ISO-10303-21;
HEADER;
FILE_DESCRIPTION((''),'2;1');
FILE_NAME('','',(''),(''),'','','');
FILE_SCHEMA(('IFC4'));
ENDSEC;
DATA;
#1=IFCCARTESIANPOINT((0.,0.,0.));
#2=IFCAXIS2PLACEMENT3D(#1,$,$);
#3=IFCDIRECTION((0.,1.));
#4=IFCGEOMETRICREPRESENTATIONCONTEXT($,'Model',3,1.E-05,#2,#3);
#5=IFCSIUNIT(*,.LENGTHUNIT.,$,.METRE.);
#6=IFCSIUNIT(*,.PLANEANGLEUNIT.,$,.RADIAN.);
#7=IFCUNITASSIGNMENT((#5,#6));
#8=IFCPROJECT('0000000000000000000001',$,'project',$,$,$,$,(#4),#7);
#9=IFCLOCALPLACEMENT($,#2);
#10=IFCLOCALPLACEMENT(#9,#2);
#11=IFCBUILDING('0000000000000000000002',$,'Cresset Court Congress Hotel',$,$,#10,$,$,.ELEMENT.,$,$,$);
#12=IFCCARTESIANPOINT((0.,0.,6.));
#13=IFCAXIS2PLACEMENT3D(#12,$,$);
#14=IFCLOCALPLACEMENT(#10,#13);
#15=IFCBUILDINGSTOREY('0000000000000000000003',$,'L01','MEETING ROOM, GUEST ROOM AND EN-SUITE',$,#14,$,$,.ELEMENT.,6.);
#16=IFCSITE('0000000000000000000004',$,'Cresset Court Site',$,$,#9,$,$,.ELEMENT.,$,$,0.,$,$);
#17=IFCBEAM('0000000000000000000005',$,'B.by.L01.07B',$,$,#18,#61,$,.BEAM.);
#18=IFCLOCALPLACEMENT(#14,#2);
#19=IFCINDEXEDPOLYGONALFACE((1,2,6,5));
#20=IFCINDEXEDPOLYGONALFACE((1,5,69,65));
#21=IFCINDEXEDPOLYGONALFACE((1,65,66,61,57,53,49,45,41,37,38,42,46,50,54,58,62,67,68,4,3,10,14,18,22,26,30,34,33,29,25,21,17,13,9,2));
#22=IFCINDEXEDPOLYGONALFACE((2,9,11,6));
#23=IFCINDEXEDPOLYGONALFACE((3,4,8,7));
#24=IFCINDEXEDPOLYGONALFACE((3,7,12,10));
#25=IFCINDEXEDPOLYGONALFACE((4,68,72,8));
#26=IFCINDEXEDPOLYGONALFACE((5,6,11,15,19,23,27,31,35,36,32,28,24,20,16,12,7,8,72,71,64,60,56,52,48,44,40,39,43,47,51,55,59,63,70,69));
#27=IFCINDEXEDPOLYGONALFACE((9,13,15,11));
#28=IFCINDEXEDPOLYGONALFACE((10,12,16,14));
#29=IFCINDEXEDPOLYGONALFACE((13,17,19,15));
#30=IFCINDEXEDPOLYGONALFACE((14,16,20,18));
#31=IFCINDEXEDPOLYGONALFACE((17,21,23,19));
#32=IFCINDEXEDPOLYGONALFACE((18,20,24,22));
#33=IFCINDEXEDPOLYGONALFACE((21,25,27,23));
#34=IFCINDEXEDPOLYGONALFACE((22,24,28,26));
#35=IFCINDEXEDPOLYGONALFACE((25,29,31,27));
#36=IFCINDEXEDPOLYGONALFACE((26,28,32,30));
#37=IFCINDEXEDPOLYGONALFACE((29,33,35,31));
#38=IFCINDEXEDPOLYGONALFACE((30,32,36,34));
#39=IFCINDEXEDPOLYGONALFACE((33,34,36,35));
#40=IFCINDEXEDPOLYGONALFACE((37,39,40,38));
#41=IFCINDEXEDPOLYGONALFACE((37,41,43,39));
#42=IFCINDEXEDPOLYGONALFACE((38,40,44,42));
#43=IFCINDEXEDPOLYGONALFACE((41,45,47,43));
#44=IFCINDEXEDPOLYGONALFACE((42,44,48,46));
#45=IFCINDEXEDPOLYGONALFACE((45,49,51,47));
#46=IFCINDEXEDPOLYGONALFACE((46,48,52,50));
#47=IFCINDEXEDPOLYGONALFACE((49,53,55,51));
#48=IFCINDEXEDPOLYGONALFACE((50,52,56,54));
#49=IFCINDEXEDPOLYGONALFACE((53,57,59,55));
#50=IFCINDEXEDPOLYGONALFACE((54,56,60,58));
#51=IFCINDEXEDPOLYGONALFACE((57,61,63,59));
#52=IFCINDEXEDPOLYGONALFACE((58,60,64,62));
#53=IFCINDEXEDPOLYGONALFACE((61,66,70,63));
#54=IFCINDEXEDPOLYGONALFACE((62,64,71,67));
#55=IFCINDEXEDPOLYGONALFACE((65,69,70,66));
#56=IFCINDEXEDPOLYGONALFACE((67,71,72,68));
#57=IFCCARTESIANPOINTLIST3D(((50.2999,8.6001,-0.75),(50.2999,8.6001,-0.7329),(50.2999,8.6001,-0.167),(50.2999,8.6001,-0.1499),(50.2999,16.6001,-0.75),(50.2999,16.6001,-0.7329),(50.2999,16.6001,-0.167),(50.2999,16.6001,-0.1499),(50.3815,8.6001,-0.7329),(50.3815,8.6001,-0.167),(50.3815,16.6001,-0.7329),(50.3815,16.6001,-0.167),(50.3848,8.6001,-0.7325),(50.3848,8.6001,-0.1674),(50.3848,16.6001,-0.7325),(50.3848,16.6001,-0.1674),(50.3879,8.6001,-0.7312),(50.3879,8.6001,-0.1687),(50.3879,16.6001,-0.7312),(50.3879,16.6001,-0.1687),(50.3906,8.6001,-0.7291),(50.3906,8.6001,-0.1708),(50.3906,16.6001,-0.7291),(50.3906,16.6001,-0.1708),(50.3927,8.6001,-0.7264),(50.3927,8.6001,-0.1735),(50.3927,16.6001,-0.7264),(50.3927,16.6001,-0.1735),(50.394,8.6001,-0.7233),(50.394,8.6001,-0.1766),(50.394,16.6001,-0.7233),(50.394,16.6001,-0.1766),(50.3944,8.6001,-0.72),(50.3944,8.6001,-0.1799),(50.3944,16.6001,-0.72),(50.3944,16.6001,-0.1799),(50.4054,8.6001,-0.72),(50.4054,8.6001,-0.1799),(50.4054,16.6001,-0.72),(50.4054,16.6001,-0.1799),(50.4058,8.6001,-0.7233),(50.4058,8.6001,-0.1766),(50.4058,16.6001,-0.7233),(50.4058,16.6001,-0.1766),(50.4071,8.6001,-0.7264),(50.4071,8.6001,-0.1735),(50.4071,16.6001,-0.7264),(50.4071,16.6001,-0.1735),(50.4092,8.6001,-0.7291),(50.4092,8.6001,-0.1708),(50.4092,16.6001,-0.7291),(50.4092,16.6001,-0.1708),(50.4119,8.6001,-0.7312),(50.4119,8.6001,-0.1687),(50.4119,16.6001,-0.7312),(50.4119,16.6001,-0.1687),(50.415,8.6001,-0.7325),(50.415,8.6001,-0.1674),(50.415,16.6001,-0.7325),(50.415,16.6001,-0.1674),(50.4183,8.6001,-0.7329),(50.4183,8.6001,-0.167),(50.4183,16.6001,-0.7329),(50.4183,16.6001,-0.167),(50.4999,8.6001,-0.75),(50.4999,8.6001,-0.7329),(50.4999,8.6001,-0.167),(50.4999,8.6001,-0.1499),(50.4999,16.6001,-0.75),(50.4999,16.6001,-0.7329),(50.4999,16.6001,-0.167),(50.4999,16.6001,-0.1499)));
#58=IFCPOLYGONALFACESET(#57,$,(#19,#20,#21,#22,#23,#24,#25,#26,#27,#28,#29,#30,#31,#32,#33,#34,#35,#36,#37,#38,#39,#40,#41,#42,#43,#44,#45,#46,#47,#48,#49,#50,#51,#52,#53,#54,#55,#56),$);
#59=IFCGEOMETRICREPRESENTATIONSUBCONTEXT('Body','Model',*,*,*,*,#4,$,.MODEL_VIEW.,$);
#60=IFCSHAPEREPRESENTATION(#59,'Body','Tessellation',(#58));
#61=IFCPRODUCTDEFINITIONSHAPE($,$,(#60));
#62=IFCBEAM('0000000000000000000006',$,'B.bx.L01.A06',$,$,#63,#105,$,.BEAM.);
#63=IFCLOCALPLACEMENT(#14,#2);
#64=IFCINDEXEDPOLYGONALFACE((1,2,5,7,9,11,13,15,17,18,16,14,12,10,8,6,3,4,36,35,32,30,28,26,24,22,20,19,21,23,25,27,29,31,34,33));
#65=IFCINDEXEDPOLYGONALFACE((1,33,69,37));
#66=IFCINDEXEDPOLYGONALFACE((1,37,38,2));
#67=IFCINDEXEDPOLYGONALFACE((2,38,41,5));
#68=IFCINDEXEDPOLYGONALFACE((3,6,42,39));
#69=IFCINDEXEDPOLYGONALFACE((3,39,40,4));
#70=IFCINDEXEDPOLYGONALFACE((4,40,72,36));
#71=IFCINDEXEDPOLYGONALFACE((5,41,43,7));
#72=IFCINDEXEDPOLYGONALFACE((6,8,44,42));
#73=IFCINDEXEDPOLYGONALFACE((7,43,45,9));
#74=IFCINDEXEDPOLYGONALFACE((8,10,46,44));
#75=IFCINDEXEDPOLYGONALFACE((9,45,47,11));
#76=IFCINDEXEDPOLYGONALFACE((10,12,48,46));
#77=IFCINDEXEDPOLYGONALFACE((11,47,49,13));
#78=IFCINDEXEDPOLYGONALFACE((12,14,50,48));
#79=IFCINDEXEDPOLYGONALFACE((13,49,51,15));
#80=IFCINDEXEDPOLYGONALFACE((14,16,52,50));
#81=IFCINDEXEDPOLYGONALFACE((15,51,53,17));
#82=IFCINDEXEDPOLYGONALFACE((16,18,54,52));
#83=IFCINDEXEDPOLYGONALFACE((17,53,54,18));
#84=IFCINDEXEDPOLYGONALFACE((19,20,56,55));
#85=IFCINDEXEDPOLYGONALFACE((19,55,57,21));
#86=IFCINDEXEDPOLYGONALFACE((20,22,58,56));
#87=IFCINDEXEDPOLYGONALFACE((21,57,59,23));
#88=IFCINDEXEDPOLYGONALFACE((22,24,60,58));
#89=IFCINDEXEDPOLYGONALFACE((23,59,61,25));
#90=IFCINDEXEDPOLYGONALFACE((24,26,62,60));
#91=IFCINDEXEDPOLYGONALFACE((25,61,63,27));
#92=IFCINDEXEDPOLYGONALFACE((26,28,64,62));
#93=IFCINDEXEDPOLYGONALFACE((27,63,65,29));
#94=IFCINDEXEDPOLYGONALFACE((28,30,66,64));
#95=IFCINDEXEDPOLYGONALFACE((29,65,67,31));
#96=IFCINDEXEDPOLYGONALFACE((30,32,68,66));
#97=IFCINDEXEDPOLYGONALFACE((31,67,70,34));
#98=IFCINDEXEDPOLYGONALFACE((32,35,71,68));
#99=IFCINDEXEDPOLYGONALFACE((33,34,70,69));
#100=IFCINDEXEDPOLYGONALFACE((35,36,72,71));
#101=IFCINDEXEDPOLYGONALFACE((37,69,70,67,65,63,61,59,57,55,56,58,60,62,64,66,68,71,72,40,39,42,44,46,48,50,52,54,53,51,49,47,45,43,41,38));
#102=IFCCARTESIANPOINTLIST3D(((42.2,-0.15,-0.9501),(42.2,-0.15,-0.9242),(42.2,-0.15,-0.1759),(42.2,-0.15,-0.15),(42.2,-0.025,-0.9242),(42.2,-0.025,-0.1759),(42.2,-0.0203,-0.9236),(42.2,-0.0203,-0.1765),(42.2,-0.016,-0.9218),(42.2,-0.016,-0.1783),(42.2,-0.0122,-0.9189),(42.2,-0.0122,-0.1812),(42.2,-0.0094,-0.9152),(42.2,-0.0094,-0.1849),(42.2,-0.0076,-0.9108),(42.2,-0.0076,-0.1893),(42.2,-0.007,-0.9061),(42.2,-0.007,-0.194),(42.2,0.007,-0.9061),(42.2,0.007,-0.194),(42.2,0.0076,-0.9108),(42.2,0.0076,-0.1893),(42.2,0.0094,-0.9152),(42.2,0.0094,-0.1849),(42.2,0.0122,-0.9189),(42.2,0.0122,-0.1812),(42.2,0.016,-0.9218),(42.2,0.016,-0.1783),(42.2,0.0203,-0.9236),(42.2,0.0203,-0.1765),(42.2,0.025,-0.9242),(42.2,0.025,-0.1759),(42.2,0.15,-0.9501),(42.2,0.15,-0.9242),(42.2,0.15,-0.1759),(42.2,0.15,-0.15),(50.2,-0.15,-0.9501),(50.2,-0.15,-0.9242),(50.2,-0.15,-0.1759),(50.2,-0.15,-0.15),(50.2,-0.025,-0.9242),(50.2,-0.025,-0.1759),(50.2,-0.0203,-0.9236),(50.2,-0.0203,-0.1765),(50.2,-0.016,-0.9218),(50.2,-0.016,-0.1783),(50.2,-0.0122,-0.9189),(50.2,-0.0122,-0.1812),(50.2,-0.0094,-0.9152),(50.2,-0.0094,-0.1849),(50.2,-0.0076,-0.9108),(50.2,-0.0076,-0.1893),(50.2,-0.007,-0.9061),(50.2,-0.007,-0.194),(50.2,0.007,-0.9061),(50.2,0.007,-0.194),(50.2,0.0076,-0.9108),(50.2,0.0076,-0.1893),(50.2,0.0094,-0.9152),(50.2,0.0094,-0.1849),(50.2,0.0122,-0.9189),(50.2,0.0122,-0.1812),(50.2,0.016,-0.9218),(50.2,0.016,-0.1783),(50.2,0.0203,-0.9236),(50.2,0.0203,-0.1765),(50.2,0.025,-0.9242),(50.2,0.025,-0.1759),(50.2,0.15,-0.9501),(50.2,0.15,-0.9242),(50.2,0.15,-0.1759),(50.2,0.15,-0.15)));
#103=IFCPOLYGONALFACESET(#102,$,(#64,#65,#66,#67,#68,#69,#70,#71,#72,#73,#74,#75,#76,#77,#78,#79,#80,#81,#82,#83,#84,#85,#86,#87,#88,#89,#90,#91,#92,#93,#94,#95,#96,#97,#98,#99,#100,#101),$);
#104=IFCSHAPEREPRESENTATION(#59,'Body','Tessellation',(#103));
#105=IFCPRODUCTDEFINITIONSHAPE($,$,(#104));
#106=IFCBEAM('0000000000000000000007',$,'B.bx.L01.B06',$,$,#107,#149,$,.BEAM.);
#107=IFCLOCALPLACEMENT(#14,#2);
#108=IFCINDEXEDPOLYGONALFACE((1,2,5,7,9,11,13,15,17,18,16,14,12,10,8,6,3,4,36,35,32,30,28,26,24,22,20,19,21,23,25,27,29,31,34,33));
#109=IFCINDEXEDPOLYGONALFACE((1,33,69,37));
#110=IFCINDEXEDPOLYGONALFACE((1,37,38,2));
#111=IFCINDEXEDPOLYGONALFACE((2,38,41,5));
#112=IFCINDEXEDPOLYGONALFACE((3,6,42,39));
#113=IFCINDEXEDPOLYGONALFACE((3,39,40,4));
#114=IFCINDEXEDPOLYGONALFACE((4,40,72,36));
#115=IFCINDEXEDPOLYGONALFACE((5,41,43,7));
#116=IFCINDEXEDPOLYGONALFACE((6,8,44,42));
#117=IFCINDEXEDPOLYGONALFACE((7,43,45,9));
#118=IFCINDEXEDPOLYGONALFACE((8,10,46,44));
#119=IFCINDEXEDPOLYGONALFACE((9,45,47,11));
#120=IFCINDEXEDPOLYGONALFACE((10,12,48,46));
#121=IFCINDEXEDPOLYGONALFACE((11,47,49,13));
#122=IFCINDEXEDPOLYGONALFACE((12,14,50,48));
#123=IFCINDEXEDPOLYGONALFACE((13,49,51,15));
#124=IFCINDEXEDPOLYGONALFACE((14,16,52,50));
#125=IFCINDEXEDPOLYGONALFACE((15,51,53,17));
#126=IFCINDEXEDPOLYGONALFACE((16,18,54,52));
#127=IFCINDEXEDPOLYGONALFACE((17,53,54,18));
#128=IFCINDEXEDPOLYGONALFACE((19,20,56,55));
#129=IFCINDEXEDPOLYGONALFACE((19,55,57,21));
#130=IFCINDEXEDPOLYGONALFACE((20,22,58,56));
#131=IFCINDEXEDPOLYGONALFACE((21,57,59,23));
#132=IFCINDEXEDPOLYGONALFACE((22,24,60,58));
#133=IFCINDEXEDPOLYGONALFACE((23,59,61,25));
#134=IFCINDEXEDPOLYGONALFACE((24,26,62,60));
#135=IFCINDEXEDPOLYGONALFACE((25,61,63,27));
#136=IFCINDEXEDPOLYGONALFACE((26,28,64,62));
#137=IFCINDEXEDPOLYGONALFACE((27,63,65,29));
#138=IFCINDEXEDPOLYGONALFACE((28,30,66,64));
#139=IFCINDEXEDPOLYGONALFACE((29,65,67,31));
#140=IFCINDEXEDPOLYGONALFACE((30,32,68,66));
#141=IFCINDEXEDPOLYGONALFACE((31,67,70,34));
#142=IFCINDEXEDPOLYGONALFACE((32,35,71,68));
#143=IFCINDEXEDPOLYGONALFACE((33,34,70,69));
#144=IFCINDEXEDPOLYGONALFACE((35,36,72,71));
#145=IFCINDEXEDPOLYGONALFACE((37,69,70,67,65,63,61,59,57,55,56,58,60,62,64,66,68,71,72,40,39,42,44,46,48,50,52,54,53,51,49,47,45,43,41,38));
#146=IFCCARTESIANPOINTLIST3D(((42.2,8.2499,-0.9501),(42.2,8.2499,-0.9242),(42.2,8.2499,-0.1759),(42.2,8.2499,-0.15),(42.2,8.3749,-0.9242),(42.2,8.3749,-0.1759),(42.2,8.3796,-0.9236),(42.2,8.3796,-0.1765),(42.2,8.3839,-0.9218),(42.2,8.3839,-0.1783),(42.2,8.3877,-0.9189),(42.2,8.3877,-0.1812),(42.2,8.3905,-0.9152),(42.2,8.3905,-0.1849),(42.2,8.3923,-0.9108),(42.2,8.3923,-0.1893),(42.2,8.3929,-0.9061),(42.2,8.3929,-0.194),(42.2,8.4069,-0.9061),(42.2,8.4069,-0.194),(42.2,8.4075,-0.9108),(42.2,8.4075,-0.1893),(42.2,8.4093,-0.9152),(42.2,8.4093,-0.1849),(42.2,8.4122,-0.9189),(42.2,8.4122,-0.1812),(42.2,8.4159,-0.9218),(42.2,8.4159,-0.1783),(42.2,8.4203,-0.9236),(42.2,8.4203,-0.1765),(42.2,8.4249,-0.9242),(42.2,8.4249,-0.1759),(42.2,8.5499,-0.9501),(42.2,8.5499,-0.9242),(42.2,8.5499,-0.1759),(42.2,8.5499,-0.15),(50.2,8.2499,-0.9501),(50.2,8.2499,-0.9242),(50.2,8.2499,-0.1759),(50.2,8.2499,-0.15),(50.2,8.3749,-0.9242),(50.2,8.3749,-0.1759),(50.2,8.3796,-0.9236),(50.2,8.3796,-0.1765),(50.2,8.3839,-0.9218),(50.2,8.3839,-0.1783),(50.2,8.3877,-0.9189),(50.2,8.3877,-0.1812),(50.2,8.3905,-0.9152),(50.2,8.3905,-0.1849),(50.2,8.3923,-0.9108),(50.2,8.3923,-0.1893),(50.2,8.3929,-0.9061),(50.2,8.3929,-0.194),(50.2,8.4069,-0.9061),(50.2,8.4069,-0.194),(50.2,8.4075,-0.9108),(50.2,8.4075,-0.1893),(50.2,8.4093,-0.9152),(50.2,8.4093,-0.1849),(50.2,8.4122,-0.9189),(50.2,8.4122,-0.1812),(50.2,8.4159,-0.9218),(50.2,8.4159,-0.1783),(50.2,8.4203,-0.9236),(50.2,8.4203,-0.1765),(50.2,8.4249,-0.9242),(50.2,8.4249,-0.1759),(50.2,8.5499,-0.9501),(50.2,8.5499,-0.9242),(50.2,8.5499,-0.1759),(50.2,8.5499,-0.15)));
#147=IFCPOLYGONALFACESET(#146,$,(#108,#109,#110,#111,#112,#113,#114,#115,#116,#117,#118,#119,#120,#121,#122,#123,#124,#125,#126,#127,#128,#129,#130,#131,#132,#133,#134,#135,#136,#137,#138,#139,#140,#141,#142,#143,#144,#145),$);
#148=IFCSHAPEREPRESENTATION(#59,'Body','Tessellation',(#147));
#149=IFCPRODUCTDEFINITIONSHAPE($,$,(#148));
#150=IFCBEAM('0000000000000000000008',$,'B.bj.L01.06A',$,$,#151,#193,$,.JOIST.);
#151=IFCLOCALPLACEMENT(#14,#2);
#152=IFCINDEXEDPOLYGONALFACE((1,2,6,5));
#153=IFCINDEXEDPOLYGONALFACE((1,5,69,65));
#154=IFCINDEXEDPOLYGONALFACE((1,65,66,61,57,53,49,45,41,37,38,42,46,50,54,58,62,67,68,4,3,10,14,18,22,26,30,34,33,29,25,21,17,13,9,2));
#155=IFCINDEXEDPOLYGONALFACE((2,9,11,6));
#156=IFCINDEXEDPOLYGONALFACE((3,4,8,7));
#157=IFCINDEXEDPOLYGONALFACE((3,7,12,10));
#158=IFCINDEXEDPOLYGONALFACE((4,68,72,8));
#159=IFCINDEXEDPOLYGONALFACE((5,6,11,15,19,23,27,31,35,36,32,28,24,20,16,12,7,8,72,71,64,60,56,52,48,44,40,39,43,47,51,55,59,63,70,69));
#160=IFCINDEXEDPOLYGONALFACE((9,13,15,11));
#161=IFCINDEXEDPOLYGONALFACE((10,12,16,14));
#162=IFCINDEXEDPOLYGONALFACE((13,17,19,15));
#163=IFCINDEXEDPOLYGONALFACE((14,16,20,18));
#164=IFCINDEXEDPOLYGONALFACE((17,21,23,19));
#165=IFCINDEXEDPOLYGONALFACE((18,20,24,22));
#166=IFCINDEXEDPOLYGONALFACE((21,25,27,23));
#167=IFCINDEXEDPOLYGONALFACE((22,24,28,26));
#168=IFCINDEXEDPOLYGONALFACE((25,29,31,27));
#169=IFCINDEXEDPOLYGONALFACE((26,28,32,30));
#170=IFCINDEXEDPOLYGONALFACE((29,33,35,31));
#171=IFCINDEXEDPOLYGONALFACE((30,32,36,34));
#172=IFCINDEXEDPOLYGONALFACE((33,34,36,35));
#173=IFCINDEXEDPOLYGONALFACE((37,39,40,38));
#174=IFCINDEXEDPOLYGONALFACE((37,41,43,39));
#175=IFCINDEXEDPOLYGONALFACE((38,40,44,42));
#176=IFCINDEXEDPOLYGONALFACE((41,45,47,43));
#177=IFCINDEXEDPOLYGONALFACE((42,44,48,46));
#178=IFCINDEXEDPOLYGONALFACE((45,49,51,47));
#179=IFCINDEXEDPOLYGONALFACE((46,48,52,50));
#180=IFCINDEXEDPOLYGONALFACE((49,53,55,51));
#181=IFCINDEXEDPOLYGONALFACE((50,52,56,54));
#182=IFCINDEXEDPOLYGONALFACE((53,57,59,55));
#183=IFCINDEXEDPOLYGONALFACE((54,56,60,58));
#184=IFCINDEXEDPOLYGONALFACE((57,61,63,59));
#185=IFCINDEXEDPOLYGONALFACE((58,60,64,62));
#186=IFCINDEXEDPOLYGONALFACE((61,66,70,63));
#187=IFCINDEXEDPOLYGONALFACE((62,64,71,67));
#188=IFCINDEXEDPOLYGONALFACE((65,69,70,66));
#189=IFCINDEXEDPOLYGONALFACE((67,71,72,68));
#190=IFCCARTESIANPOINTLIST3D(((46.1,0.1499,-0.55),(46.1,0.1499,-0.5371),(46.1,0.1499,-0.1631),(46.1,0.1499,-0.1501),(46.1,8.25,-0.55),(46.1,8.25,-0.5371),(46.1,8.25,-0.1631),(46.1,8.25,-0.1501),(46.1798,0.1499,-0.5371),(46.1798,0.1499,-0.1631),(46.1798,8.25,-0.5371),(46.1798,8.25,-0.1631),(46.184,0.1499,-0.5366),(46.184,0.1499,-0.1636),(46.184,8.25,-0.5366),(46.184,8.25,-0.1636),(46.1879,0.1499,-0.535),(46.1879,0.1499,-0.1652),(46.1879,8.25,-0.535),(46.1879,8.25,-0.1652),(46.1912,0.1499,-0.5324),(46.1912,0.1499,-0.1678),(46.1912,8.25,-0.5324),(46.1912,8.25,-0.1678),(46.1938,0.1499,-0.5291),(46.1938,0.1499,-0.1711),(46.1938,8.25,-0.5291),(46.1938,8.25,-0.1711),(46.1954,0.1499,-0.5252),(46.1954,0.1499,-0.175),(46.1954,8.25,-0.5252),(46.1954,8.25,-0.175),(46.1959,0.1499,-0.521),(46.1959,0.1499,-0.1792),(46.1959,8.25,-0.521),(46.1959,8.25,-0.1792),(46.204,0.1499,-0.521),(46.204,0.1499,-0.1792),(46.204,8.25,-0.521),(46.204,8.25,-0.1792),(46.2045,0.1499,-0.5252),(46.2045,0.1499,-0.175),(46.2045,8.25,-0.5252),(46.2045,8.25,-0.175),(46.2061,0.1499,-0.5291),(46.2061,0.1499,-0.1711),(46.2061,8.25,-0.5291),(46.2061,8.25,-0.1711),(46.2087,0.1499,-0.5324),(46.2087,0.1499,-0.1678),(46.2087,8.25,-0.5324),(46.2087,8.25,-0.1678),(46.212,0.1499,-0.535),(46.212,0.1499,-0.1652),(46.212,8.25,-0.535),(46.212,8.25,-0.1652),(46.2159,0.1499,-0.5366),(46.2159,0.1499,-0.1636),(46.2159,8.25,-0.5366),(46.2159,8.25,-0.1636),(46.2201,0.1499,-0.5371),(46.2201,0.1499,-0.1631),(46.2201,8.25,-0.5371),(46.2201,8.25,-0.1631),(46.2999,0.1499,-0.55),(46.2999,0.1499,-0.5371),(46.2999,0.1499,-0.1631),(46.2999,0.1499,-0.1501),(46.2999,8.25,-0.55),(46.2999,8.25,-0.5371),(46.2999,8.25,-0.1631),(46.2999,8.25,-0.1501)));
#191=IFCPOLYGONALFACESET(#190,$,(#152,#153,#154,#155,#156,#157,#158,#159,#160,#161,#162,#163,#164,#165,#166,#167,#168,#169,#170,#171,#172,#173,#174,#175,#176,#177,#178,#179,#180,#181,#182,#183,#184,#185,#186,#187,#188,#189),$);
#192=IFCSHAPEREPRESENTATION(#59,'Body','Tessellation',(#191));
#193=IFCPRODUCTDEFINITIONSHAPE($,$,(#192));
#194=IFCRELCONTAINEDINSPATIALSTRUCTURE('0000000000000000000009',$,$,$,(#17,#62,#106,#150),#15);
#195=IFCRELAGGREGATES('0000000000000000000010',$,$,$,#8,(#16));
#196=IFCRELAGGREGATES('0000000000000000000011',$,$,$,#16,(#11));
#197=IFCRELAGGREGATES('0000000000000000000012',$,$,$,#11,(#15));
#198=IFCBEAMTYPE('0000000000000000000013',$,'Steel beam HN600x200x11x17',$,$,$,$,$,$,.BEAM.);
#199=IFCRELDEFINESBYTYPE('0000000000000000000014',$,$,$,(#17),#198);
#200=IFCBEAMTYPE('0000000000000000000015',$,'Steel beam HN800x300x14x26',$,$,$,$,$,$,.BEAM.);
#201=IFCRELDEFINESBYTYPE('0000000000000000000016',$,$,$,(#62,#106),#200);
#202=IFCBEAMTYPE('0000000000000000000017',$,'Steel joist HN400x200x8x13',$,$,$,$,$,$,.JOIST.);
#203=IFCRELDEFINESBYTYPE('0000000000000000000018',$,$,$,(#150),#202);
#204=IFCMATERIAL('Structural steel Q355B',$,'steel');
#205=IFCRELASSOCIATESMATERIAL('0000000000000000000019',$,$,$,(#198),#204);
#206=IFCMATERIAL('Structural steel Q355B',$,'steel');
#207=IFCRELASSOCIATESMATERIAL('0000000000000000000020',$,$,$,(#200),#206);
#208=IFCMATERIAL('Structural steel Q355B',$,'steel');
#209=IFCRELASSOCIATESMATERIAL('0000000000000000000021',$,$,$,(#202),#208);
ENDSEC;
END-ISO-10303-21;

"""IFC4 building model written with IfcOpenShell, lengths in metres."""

from ifc_helpers import new_model, si_unit, direction, frame, origin, origin_2d, place, context, subcontext, project, spatial, i_section, extrude, material, material_profile, profile_set, type_object, element, save


model = new_model("IFC4")

# Units and contexts
model_context = context("Model", 3, precision=1e-05, world=origin(), true_north=direction((0.0, 1.0)))
body_context = subcontext(model_context, "Body", "Model", "MODEL_VIEW")
ifc_project = project(units=[si_unit("LENGTHUNIT", "METRE"), si_unit("PLANEANGLEUNIT", "RADIAN")], contexts=[model_context])

# Site, building, storey
site_placement = place(None, origin())
site = spatial("IfcSite", under=ifc_project, at=site_placement, Name="Cresset Court Site", CompositionType="ELEMENT", RefElevation=0.0)
building_placement = place(site_placement, origin())
building = spatial("IfcBuilding", under=site, at=building_placement, Name="Cresset Court Congress Hotel", CompositionType="ELEMENT")
storey_placement = place(building_placement, frame((0.0, 0.0, 6.0)))
storey = spatial("IfcBuildingStorey", under=building, at=storey_placement, Name="L01", Description="MEETING ROOM, GUEST ROOM AND EN-SUITE", CompositionType="ELEMENT", Elevation=6.0)

# Beams
ifc_material_1 = material(Name="Structural steel Q355B", Category="steel")
ifc_material_profile_1 = material_profile(ifc_material_1, i_section(OverallWidth=0.2, OverallDepth=0.6001, WebThickness=0.011, FlangeThickness=0.0171, FilletRadius=0.0129, at=origin_2d()), Name="HN600x200x11x17")
ifc_profile_set_1 = profile_set([ifc_material_profile_1], Name="Structural steel Q355B")
beam_type_1 = type_object("IfcBeamType", Name="Steel beam HN600x200x11x17", PredefinedType="BEAM", material=ifc_profile_set_1)
for number, where, z_axis, x_axis, name in (
    (1, (50.3999, 8.6001, -0.45), (0.0, 1.0, 0.0), (-1.0, 0.0, 0.0), "B.by.L01.07B"),
):
    element("IfcBeam", number, at=place(storey_placement, frame(where, z_axis=z_axis, x_axis=x_axis)), inside=storey, type_object=beam_type_1, Name=name, PredefinedType="BEAM", context=body_context, shape_type="SweptSolid", body=[
        extrude(i_section(OverallWidth=0.2, OverallDepth=0.6001, WebThickness=0.011, FlangeThickness=0.0171, FilletRadius=0.0129, at=origin_2d()), origin(), (0.0, 0.0, 1.0), 8.0),
    ])
ifc_material_2 = material(Name="Structural steel Q355B", Category="steel")
ifc_material_profile_2 = material_profile(ifc_material_2, i_section(OverallWidth=0.3, OverallDepth=0.8, WebThickness=0.0139, FlangeThickness=0.0259, FilletRadius=0.0181, at=origin_2d()), Name="HN800x300x14x26")
ifc_profile_set_2 = profile_set([ifc_material_profile_2], Name="Structural steel Q355B")
beam_type_2 = type_object("IfcBeamType", Name="Steel beam HN800x300x14x26", PredefinedType="BEAM", material=ifc_profile_set_2)
for number, where, z_axis, x_axis, name in (
    (2, (42.2, 0.0, -0.55), (1.0, 0.0, 0.0), (0.0, 1.0, 0.0), "B.bx.L01.A06"),
    (3, (42.2, 8.3999, -0.55), (1.0, 0.0, 0.0), (0.0, 1.0, 0.0), "B.bx.L01.B06"),
):
    element("IfcBeam", number, at=place(storey_placement, frame(where, z_axis=z_axis, x_axis=x_axis)), inside=storey, type_object=beam_type_2, Name=name, PredefinedType="BEAM", context=body_context, shape_type="SweptSolid", body=[
        extrude(i_section(OverallWidth=0.3, OverallDepth=0.8, WebThickness=0.0139, FlangeThickness=0.0259, FilletRadius=0.0181, at=origin_2d()), origin(), (0.0, 0.0, 1.0), 8.0),
    ])
ifc_material_3 = material(Name="Structural steel Q355B", Category="steel")
ifc_material_profile_3 = material_profile(ifc_material_3, i_section(OverallWidth=0.2, OverallDepth=0.3999, WebThickness=0.0081, FlangeThickness=0.0129, FilletRadius=0.0161, at=origin_2d()), Name="HN400x200x8x13")
ifc_profile_set_3 = profile_set([ifc_material_profile_3], Name="Structural steel Q355B")
beam_type_3 = type_object("IfcBeamType", Name="Steel joist HN400x200x8x13", PredefinedType="JOIST", material=ifc_profile_set_3)
beam_1_placement = place(storey_placement, frame((46.2, 0.1499, -0.3501), z_axis=(0.0, 1.0, 0.0), x_axis=(-1.0, 0.0, 0.0)))
element("IfcBeam", 4, at=beam_1_placement, inside=storey, type_object=beam_type_3, Name="B.bj.L01.06A", PredefinedType="JOIST", context=body_context, shape_type="SweptSolid", body=[
    extrude(i_section(OverallWidth=0.2, OverallDepth=0.3999, WebThickness=0.0081, FlangeThickness=0.0129, FilletRadius=0.0161, at=origin_2d()), origin(), (0.0, 0.0, 1.0), 8.1001),
])

save(model, "model.ifc")
